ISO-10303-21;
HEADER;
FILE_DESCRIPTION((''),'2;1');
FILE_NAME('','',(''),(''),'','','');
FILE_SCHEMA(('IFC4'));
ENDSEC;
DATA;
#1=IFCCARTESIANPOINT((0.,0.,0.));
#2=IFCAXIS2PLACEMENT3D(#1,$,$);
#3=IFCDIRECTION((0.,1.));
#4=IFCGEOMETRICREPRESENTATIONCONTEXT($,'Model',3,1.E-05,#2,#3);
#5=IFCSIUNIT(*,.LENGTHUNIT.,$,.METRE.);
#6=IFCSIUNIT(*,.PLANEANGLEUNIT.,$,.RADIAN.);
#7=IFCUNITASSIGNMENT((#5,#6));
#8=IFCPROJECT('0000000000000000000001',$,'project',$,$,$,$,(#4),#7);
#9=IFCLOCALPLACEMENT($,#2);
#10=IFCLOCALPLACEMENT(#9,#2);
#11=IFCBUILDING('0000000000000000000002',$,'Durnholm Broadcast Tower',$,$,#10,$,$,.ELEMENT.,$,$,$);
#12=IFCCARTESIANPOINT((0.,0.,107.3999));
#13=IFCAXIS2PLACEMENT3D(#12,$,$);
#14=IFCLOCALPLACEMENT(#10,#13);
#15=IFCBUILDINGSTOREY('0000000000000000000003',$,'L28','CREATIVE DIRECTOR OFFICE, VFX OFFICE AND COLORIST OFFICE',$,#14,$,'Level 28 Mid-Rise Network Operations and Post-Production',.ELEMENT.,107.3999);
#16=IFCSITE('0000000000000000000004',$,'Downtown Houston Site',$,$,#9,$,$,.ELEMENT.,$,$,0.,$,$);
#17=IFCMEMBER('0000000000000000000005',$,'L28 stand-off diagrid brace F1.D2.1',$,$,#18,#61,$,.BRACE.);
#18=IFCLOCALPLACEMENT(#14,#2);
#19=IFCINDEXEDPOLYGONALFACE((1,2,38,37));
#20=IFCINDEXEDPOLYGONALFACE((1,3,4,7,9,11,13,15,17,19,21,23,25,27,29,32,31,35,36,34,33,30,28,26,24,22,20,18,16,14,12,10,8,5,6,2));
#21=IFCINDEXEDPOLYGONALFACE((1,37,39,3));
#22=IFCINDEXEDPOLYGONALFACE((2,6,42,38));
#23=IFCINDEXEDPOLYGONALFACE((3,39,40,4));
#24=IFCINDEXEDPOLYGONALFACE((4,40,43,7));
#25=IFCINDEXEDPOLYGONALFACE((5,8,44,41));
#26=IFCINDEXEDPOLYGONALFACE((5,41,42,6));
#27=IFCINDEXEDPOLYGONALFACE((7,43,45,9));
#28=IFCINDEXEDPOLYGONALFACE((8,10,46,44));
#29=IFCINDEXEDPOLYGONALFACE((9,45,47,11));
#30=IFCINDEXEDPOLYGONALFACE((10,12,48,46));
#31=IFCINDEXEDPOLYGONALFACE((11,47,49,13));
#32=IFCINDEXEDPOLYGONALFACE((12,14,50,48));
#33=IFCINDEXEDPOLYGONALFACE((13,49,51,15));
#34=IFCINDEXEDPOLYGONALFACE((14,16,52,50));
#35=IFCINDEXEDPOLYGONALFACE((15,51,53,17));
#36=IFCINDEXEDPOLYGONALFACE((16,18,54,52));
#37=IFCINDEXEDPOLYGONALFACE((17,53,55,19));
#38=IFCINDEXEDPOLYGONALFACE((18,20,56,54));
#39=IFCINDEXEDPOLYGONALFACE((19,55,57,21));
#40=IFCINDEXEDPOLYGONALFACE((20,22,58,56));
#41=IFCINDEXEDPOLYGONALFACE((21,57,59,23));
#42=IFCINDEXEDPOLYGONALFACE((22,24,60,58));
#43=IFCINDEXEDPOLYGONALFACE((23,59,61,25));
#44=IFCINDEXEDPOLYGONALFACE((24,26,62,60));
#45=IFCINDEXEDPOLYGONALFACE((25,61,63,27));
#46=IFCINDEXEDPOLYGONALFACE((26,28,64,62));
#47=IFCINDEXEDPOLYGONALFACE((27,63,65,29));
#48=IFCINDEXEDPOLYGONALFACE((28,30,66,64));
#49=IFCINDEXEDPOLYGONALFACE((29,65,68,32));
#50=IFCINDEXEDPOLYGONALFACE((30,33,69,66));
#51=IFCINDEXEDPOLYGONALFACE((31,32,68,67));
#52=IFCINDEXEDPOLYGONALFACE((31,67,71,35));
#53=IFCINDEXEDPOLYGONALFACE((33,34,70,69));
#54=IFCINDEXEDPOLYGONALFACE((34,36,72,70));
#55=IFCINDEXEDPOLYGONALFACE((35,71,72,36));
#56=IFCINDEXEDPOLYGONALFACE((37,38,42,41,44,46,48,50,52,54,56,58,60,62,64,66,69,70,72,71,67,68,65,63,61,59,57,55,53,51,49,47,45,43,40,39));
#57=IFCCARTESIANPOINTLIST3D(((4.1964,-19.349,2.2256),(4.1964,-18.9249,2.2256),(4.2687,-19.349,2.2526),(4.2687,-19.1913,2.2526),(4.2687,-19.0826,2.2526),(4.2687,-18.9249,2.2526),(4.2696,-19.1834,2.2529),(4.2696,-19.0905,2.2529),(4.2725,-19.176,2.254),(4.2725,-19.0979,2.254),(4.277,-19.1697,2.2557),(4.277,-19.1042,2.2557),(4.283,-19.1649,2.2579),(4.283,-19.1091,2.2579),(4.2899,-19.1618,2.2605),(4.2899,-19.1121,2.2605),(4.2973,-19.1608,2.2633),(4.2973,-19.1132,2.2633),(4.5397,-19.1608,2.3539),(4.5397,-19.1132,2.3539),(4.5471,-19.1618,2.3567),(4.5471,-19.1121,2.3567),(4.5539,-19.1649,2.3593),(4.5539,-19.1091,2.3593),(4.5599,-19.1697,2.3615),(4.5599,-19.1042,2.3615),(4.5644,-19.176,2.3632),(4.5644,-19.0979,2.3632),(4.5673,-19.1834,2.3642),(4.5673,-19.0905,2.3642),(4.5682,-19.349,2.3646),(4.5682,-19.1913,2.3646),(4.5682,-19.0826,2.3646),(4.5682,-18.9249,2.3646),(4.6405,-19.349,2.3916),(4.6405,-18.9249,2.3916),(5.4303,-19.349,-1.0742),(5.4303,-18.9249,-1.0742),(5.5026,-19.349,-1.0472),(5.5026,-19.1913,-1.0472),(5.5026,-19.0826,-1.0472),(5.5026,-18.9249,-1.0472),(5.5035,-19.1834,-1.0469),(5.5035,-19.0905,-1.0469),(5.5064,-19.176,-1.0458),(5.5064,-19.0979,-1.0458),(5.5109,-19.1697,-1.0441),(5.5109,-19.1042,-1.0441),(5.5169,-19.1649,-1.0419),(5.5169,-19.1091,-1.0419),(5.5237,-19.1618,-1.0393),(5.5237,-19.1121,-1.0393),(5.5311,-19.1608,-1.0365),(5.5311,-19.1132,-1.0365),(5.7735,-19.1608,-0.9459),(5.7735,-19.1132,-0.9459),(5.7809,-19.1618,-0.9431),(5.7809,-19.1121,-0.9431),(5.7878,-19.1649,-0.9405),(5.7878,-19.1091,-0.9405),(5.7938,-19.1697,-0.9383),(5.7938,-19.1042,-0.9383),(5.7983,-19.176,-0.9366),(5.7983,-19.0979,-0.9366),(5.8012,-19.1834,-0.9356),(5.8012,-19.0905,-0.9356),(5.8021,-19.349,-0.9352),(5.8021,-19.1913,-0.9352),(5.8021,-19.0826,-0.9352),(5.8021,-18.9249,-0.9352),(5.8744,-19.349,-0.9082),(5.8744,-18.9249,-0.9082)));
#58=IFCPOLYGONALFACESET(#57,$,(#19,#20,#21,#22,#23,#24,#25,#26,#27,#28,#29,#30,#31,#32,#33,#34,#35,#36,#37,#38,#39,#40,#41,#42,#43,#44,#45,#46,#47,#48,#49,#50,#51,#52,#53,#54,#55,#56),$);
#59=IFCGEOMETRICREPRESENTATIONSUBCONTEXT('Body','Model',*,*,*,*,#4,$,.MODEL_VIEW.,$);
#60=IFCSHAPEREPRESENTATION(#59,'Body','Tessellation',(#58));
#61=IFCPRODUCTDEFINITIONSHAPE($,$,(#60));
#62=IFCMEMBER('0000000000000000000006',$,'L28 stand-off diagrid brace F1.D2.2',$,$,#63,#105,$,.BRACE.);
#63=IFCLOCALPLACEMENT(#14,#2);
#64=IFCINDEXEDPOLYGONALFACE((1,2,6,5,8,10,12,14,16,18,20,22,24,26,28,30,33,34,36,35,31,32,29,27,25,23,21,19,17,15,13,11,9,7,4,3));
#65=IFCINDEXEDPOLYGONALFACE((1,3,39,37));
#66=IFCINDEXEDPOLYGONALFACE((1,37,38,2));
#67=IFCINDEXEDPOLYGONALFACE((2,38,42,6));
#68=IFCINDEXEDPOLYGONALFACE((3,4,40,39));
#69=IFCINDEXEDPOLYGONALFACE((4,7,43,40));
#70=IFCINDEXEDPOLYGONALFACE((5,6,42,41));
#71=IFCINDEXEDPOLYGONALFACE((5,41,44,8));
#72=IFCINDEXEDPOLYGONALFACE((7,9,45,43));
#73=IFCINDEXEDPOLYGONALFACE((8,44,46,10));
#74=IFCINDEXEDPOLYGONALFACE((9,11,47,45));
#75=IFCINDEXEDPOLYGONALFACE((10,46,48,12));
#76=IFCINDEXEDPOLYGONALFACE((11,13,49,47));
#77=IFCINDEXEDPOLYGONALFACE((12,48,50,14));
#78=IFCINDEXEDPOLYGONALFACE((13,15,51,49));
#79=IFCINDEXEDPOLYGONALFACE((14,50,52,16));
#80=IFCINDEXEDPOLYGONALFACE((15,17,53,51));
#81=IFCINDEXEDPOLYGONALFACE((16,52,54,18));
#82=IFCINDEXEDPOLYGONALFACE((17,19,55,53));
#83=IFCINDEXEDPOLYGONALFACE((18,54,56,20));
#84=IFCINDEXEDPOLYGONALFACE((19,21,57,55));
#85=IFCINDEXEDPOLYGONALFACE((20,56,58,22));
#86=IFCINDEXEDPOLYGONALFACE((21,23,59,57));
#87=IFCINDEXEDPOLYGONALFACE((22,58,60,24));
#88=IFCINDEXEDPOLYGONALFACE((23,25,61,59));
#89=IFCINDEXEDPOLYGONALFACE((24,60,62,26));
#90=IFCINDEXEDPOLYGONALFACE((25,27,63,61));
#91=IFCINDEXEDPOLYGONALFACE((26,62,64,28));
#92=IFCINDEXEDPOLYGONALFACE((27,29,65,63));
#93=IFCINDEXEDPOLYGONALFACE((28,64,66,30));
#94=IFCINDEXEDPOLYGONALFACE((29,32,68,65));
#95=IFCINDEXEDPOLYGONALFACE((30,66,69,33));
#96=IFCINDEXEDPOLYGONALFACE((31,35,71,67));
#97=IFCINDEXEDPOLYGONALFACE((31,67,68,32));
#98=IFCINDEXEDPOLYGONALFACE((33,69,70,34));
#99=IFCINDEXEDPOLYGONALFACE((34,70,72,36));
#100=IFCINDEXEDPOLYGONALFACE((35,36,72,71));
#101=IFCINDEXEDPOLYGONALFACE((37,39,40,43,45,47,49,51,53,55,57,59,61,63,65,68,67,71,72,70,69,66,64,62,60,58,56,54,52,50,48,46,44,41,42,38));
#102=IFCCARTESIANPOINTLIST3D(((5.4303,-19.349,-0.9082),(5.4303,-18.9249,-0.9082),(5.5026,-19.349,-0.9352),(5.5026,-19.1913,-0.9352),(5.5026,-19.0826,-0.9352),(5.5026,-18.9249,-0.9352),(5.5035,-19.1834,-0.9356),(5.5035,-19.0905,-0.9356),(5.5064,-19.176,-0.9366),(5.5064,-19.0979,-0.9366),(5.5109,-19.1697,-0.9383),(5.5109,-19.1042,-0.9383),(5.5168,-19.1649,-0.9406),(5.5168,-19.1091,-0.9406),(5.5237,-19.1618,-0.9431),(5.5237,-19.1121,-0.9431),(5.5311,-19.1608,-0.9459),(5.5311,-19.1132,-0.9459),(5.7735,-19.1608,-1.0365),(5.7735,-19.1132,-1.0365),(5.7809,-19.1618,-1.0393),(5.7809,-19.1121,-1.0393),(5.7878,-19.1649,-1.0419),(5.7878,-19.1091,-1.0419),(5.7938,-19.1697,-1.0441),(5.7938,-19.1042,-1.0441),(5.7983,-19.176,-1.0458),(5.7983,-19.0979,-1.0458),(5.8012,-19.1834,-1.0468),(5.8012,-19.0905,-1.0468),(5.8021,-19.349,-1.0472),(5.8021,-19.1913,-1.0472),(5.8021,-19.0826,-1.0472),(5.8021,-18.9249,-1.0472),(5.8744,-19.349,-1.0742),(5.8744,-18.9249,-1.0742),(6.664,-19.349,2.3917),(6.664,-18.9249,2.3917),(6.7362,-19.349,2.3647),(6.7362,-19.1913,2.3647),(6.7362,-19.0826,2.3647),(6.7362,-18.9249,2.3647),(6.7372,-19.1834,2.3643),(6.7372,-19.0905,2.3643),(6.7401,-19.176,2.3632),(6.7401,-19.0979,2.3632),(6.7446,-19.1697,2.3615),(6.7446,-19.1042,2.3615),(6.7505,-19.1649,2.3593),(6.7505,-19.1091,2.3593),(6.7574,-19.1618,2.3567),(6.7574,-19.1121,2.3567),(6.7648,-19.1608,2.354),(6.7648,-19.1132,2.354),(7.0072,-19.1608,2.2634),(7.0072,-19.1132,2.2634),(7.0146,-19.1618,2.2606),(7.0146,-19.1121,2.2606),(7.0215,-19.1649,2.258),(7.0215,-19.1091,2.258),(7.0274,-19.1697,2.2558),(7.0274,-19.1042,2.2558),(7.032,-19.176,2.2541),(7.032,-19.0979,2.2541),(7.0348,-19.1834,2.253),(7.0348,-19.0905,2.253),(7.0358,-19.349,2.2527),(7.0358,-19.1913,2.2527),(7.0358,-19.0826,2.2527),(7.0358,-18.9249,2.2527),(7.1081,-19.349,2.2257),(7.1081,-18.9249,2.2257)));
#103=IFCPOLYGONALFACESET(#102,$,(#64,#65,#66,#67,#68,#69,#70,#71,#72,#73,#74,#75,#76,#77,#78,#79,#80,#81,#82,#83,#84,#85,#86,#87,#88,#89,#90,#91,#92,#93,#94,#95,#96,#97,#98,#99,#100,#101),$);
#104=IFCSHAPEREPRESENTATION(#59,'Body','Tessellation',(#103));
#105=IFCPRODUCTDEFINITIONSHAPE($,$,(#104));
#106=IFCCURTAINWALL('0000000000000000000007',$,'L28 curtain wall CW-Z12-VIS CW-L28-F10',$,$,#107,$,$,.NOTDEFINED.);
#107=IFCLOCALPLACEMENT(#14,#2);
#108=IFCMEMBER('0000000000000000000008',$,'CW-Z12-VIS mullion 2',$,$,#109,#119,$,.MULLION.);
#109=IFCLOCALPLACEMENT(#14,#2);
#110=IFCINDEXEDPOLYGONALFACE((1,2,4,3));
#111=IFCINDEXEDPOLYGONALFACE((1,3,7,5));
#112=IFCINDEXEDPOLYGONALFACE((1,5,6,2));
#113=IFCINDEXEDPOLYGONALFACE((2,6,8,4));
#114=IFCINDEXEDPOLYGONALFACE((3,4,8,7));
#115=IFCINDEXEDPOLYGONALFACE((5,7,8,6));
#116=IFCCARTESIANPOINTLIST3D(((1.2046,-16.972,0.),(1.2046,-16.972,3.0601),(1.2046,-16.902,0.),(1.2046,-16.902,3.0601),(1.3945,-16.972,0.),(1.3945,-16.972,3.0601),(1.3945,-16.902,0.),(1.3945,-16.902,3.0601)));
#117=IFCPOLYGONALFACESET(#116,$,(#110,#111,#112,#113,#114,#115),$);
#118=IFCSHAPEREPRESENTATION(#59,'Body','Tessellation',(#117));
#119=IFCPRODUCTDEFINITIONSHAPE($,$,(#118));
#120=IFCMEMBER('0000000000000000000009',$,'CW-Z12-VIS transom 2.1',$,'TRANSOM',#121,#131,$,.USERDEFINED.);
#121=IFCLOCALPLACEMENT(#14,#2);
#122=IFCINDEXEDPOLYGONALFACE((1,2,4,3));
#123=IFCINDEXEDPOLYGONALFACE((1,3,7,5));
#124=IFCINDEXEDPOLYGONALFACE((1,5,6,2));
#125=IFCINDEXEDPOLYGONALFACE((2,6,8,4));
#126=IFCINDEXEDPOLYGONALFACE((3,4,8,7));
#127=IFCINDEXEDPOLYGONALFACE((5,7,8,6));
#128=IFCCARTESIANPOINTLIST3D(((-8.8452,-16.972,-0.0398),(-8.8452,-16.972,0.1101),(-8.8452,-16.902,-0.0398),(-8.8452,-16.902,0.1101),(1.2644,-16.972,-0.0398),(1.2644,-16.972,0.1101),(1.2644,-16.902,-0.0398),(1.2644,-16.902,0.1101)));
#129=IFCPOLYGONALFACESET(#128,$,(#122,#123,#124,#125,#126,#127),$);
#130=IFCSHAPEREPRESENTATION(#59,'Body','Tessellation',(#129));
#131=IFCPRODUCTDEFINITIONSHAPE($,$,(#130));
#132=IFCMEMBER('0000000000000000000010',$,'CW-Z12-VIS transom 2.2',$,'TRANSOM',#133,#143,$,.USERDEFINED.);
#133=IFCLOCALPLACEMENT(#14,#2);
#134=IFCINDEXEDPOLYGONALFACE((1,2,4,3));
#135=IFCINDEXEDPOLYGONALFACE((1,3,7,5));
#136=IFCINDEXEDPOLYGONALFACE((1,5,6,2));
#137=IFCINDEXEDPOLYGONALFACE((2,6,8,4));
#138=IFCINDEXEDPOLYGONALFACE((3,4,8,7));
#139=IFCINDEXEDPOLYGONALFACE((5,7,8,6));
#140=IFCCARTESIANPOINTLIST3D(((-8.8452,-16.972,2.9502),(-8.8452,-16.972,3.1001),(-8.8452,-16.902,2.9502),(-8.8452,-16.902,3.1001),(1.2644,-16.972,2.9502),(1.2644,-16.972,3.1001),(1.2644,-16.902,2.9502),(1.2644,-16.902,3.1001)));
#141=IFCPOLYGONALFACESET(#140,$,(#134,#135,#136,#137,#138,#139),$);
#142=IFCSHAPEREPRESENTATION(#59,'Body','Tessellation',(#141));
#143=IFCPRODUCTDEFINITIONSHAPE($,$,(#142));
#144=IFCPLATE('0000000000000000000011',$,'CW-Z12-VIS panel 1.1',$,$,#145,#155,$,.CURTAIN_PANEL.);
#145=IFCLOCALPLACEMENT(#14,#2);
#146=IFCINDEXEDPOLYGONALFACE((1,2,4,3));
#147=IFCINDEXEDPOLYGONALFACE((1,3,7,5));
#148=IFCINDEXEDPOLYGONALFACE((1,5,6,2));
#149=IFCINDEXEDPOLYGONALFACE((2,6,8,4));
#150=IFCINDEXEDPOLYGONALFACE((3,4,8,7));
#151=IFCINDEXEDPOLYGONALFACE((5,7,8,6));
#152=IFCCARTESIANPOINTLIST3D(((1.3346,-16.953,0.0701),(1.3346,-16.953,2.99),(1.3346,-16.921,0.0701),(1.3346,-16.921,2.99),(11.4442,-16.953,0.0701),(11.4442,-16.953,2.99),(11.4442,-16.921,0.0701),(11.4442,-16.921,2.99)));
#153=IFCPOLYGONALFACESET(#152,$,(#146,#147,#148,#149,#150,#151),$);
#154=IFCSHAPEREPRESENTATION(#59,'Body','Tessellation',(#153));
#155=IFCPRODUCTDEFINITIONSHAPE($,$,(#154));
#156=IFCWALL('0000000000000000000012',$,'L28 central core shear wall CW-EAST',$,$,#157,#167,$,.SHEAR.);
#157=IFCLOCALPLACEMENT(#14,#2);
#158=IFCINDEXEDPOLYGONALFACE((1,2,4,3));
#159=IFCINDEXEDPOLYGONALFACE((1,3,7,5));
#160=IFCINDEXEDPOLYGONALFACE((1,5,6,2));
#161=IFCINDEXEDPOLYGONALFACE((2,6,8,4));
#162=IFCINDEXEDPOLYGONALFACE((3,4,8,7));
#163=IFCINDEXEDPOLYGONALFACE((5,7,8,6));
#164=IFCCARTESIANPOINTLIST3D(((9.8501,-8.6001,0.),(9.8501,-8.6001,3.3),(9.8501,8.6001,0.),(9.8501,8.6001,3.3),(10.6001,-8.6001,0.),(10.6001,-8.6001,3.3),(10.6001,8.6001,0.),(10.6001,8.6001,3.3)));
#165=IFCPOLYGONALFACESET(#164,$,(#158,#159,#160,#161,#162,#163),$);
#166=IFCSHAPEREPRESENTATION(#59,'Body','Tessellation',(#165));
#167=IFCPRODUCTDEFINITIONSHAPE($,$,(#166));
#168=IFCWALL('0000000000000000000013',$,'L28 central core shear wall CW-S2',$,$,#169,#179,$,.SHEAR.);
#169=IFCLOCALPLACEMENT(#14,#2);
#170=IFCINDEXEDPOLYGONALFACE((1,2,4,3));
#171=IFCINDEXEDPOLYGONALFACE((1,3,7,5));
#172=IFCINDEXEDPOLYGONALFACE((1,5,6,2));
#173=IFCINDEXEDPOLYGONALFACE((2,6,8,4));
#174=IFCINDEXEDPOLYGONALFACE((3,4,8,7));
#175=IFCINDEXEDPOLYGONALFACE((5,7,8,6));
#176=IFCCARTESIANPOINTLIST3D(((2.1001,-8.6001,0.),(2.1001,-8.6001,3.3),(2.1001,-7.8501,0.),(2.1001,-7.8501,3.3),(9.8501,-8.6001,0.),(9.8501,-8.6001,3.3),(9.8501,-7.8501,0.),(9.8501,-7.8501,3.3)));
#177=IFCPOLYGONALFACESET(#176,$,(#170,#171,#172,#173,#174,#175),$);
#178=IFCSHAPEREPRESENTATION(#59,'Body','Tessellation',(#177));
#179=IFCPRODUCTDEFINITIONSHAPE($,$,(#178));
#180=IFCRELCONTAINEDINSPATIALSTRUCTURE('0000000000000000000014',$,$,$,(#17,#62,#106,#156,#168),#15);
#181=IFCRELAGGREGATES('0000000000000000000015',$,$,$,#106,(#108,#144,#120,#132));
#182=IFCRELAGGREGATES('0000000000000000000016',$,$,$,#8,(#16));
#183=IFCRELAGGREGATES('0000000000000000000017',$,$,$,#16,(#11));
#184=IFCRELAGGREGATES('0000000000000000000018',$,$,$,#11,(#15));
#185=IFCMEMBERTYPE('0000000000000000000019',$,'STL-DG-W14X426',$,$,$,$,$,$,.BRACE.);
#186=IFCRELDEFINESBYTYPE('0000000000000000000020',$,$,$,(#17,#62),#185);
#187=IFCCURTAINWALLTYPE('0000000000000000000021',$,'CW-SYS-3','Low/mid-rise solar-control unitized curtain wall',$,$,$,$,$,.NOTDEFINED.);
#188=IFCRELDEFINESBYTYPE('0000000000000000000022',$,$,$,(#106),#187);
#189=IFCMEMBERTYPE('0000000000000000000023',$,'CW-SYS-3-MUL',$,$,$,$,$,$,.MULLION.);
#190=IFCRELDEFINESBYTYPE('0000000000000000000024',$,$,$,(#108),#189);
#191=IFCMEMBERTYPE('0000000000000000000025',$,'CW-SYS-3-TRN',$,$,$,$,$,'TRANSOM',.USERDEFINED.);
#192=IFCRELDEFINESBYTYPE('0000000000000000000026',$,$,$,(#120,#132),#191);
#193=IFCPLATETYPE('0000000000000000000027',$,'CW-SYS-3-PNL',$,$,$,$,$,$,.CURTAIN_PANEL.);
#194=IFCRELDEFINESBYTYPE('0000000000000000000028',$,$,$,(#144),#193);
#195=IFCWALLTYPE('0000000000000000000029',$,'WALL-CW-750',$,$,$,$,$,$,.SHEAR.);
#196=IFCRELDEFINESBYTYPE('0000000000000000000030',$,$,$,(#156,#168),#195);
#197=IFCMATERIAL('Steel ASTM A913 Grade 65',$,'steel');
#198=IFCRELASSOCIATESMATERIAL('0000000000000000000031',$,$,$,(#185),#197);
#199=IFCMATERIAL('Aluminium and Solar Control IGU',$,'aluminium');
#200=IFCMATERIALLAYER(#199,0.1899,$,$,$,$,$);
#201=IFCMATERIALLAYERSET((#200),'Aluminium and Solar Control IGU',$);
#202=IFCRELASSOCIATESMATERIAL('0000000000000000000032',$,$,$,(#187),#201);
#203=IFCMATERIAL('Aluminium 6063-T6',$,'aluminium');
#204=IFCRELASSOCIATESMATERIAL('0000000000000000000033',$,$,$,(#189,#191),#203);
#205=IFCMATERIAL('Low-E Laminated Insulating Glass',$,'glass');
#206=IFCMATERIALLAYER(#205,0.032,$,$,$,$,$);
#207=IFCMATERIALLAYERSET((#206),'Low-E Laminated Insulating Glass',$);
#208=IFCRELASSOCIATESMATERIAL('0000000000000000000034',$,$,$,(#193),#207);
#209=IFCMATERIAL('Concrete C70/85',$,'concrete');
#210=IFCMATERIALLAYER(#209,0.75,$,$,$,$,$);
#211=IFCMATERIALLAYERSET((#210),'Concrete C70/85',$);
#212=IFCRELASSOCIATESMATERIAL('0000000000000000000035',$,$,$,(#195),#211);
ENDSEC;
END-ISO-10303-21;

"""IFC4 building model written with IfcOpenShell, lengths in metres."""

from ifc_helpers import new_model, si_unit, direction, frame, frame_2d, origin, origin_2d, place, context, subcontext, project, spatial, rectangle, i_section, extrude, source, transform, mapped, material, layer, layer_set, material_profile, profile_set, type_object, type_shapes, element, aggregate, save


model = new_model("IFC4")

# Units and contexts
model_context = context("Model", 3, precision=1e-05, world=origin(), true_north=direction((0.0, 1.0)))
body_context = subcontext(model_context, "Body", "Model", "MODEL_VIEW")
ifc_project = project(units=[si_unit("LENGTHUNIT", "METRE"), si_unit("PLANEANGLEUNIT", "RADIAN")], contexts=[model_context])

# Site, building, storey
site_placement = place(None, origin())
site = spatial("IfcSite", under=ifc_project, at=site_placement, Name="Downtown Houston Site", CompositionType="ELEMENT", RefElevation=0.0)
building_placement = place(site_placement, origin())
building = spatial("IfcBuilding", under=site, at=building_placement, Name="Durnholm Broadcast Tower", CompositionType="ELEMENT")
storey_placement = place(building_placement, frame((0.0, 0.0, 107.3999)))
storey = spatial("IfcBuildingStorey", under=building, at=storey_placement, Name="L28", Description="CREATIVE DIRECTOR OFFICE, VFX OFFICE AND COLORIST OFFICE", LongName="Level 28 Mid-Rise Network Operations and Post-Production", CompositionType="ELEMENT", Elevation=107.3999)

# Shared definitions
ifc_material_1 = material(Name="Concrete C70/85", Category="concrete")

# Members
ifc_material_2 = material(Name="Steel ASTM A913 Grade 65", Category="steel")
ifc_material_profile_1 = material_profile(ifc_material_2, i_section(OverallWidth=0.4241, OverallDepth=0.4741, WebThickness=0.0476, FlangeThickness=0.0771, FilletRadius=0.0305, at=origin_2d()), Name="W14X426")
ifc_profile_set_1 = profile_set([ifc_material_profile_1], Name="Steel ASTM A913 Grade 65")
member_type_1 = type_object("IfcMemberType", Name="STL-DG-W14X426", PredefinedType="BRACE", material=ifc_profile_set_1)
shared_shape_1 = source(origin(), body_context, "Body", "SweptSolid", [
    extrude(i_section(OverallWidth=0.4241, OverallDepth=0.4741, WebThickness=0.0476, FlangeThickness=0.0771, FilletRadius=0.0305, at=origin_2d()), origin(), (0.0, 0.0, 1.0), 3.5229),
])
type_shapes(member_type_1, [shared_shape_1])
for number, where, z_axis, x_axis, name in (
    (1, (5.6523, -19.137, -0.9912), (-0.350242, 0.0, 0.936659), (0.0, -1.0, 0.0), "L28 stand-off diagrid brace F1.D2.1"),
    (2, (5.6523, -19.137, -0.9912), (0.350182, 0.0, 0.936682), (0.0, 1.0, 0.0), "L28 stand-off diagrid brace F1.D2.2"),
):
    element("IfcMember", number, at=place(storey_placement, frame(where, z_axis=z_axis, x_axis=x_axis)), inside=storey, type_object=member_type_1, Name=name, PredefinedType="BRACE", context=body_context, shape_type="MappedRepresentation", body=[
        mapped(shared_shape_1, transform((0.0, 0.0, 0.0), x_axis=(1.0, 0.0, 0.0), y_axis=(0.0, 1.0, 0.0), z_axis=(0.0, 0.0, 1.0), scale=1.0)),
    ])

# Curtain wall, members, plate
ifc_material_3 = material(Name="Aluminium and Solar Control IGU", Category="aluminium")
ifc_layer_1 = layer(ifc_material_3, 0.1899)
ifc_layer_set_1 = layer_set([ifc_layer_1], Name="Aluminium and Solar Control IGU")
curtain_wall_type = type_object("IfcCurtainWallType", Name="CW-SYS-3", Description="Low/mid-rise solar-control unitized curtain wall", PredefinedType="NOTDEFINED", material=ifc_layer_set_1)
curtain_wall_placement = place(storey_placement, origin())
curtain_wall = element("IfcCurtainWall", 3, at=curtain_wall_placement, inside=storey, type_object=curtain_wall_type, Name="L28 curtain wall CW-Z12-VIS CW-L28-F10", PredefinedType="NOTDEFINED")
ifc_material_4 = material(Name="Aluminium 6063-T6", Category="aluminium")
ifc_material_profile_2 = material_profile(ifc_material_4, rectangle(XDim=0.0701, YDim=0.1899, at=origin_2d()), Name="CWM70X190")
ifc_profile_set_2 = profile_set([ifc_material_profile_2], Name="Aluminium 6063-T6")
member_type_2 = type_object("IfcMemberType", Name="CW-SYS-3-MUL", PredefinedType="MULLION", material=ifc_profile_set_2)
shared_shape_2 = source(origin(), body_context, "Body", "SweptSolid", [
    extrude(rectangle(XDim=0.0701, YDim=0.1899, at=origin_2d()), origin(), (0.0, 0.0, 1.0), 3.0601),
])
type_shapes(member_type_2, [shared_shape_2])
member_1_placement = place(storey_placement, frame((1.2996, -16.937, 0.0), z_axis=(0.0, 0.0, 1.0), x_axis=(0.0, -1.0, 0.0)))
member_1 = element("IfcMember", 4, at=member_1_placement, type_object=member_type_2, Name="CW-Z12-VIS mullion 2", PredefinedType="MULLION", context=body_context, shape_type="MappedRepresentation", body=[
    mapped(shared_shape_2, transform((0.0, 0.0, 0.0), x_axis=(1.0, 0.0, 0.0), y_axis=(0.0, 1.0, 0.0), z_axis=(0.0, 0.0, 1.0), scale=1.0)),
])
ifc_material_profile_3 = material_profile(ifc_material_4, rectangle(XDim=0.0701, YDim=0.1499, at=origin_2d()), Name="CWT70X150")
ifc_profile_set_3 = profile_set([ifc_material_profile_3], Name="Aluminium 6063-T6")
member_type_3 = type_object("IfcMemberType", Name="CW-SYS-3-TRN", ElementType="TRANSOM", PredefinedType="USERDEFINED", material=ifc_profile_set_3)
shared_shape_3 = source(origin(), body_context, "Body", "SweptSolid", [
    extrude(rectangle(XDim=0.0701, YDim=0.1499, at=origin_2d()), origin(), (0.0, 0.0, 1.0), 10.1096),
])
type_shapes(member_type_3, [shared_shape_3])
member_2_placement = place(storey_placement, frame((1.2644, -16.937, 0.0352), z_axis=(-1.0, 0.0, 0.0), x_axis=(0.0, -1.0, 0.0)))
member_2 = element("IfcMember", 5, at=member_2_placement, type_object=member_type_3, Name="CW-Z12-VIS transom 2.1", ObjectType="TRANSOM", PredefinedType="USERDEFINED", context=body_context, shape_type="MappedRepresentation", body=[
    mapped(shared_shape_3, transform((0.0, 0.0, 0.0), x_axis=(1.0, 0.0, 0.0), y_axis=(0.0, 1.0, 0.0), z_axis=(0.0, 0.0, 1.0), scale=1.0)),
])
member_3_placement = place(storey_placement, frame((1.2644, -16.937, 3.0251), z_axis=(-1.0, 0.0, 0.0), x_axis=(0.0, -1.0, 0.0)))
member_3 = element("IfcMember", 6, at=member_3_placement, type_object=member_type_3, Name="CW-Z12-VIS transom 2.2", ObjectType="TRANSOM", PredefinedType="USERDEFINED", context=body_context, shape_type="MappedRepresentation", body=[
    mapped(shared_shape_3, transform((0.0, 0.0, 0.0), x_axis=(1.0, 0.0, 0.0), y_axis=(0.0, 1.0, 0.0), z_axis=(0.0, 0.0, 1.0), scale=1.0)),
])
ifc_material_5 = material(Name="Low-E Laminated Insulating Glass", Category="glass")
ifc_layer_2 = layer(ifc_material_5, 0.032)
ifc_layer_set_2 = layer_set([ifc_layer_2], Name="Low-E Laminated Insulating Glass")
plate_type = type_object("IfcPlateType", Name="CW-SYS-3-PNL", PredefinedType="CURTAIN_PANEL", material=ifc_layer_set_2)
shared_shape_4 = source(origin(), body_context, "Body", "SweptSolid", [
    extrude(rectangle(XDim=10.1096, YDim=0.032, at=origin_2d()), origin(), (0.0, 0.0, 1.0), 2.9199),
])
type_shapes(plate_type, [shared_shape_4])
plate_placement = place(storey_placement, frame((6.3894, -16.937, 0.0701), z_axis=(0.0, 0.0, 1.0), x_axis=(-1.0, 0.0, 0.0)))
plate = element("IfcPlate", 7, at=plate_placement, type_object=plate_type, Name="CW-Z12-VIS panel 1.1", PredefinedType="CURTAIN_PANEL", context=body_context, shape_type="MappedRepresentation", body=[
    mapped(shared_shape_4, transform((0.0, 0.0, 0.0), x_axis=(1.0, 0.0, 0.0), y_axis=(0.0, 1.0, 0.0), z_axis=(0.0, 0.0, 1.0), scale=1.0)),
])
aggregate(curtain_wall, [member_1, plate, member_2, member_3])

# Walls
ifc_layer_3 = layer(ifc_material_1, 0.75)
ifc_layer_set_3 = layer_set([ifc_layer_3], Name="Concrete C70/85")
wall_type_1 = type_object("IfcWallType", Name="WALL-CW-750", PredefinedType="SHEAR", material=ifc_layer_set_3)
wall_1_placement = place(storey_placement, frame((10.2251, -8.6001, 0.0), z_axis=(0.0, 0.0, 1.0), x_axis=(0.0, 1.0, 0.0)))
element("IfcWall", 8, at=wall_1_placement, inside=storey, type_object=wall_type_1, Name="L28 central core shear wall CW-EAST", PredefinedType="SHEAR", context=body_context, shape_type="SweptSolid", body=[
    extrude(rectangle(XDim=17.2002, YDim=0.75, at=frame_2d((8.6001, 0.0))), origin(), (0.0, 0.0, 1.0), 3.3),
])
wall_2_placement = place(storey_placement, frame((2.1001, -8.2251, 0.0), z_axis=(0.0, 0.0, 1.0), x_axis=(1.0, 0.0, 0.0)))
element("IfcWall", 9, at=wall_2_placement, inside=storey, type_object=wall_type_1, Name="L28 central core shear wall CW-S2", PredefinedType="SHEAR", context=body_context, shape_type="SweptSolid", body=[
    extrude(rectangle(XDim=7.75, YDim=0.75, at=frame_2d((3.875, 0.0))), origin(), (0.0, 0.0, 1.0), 3.3),
])

save(model, "model.ifc")
